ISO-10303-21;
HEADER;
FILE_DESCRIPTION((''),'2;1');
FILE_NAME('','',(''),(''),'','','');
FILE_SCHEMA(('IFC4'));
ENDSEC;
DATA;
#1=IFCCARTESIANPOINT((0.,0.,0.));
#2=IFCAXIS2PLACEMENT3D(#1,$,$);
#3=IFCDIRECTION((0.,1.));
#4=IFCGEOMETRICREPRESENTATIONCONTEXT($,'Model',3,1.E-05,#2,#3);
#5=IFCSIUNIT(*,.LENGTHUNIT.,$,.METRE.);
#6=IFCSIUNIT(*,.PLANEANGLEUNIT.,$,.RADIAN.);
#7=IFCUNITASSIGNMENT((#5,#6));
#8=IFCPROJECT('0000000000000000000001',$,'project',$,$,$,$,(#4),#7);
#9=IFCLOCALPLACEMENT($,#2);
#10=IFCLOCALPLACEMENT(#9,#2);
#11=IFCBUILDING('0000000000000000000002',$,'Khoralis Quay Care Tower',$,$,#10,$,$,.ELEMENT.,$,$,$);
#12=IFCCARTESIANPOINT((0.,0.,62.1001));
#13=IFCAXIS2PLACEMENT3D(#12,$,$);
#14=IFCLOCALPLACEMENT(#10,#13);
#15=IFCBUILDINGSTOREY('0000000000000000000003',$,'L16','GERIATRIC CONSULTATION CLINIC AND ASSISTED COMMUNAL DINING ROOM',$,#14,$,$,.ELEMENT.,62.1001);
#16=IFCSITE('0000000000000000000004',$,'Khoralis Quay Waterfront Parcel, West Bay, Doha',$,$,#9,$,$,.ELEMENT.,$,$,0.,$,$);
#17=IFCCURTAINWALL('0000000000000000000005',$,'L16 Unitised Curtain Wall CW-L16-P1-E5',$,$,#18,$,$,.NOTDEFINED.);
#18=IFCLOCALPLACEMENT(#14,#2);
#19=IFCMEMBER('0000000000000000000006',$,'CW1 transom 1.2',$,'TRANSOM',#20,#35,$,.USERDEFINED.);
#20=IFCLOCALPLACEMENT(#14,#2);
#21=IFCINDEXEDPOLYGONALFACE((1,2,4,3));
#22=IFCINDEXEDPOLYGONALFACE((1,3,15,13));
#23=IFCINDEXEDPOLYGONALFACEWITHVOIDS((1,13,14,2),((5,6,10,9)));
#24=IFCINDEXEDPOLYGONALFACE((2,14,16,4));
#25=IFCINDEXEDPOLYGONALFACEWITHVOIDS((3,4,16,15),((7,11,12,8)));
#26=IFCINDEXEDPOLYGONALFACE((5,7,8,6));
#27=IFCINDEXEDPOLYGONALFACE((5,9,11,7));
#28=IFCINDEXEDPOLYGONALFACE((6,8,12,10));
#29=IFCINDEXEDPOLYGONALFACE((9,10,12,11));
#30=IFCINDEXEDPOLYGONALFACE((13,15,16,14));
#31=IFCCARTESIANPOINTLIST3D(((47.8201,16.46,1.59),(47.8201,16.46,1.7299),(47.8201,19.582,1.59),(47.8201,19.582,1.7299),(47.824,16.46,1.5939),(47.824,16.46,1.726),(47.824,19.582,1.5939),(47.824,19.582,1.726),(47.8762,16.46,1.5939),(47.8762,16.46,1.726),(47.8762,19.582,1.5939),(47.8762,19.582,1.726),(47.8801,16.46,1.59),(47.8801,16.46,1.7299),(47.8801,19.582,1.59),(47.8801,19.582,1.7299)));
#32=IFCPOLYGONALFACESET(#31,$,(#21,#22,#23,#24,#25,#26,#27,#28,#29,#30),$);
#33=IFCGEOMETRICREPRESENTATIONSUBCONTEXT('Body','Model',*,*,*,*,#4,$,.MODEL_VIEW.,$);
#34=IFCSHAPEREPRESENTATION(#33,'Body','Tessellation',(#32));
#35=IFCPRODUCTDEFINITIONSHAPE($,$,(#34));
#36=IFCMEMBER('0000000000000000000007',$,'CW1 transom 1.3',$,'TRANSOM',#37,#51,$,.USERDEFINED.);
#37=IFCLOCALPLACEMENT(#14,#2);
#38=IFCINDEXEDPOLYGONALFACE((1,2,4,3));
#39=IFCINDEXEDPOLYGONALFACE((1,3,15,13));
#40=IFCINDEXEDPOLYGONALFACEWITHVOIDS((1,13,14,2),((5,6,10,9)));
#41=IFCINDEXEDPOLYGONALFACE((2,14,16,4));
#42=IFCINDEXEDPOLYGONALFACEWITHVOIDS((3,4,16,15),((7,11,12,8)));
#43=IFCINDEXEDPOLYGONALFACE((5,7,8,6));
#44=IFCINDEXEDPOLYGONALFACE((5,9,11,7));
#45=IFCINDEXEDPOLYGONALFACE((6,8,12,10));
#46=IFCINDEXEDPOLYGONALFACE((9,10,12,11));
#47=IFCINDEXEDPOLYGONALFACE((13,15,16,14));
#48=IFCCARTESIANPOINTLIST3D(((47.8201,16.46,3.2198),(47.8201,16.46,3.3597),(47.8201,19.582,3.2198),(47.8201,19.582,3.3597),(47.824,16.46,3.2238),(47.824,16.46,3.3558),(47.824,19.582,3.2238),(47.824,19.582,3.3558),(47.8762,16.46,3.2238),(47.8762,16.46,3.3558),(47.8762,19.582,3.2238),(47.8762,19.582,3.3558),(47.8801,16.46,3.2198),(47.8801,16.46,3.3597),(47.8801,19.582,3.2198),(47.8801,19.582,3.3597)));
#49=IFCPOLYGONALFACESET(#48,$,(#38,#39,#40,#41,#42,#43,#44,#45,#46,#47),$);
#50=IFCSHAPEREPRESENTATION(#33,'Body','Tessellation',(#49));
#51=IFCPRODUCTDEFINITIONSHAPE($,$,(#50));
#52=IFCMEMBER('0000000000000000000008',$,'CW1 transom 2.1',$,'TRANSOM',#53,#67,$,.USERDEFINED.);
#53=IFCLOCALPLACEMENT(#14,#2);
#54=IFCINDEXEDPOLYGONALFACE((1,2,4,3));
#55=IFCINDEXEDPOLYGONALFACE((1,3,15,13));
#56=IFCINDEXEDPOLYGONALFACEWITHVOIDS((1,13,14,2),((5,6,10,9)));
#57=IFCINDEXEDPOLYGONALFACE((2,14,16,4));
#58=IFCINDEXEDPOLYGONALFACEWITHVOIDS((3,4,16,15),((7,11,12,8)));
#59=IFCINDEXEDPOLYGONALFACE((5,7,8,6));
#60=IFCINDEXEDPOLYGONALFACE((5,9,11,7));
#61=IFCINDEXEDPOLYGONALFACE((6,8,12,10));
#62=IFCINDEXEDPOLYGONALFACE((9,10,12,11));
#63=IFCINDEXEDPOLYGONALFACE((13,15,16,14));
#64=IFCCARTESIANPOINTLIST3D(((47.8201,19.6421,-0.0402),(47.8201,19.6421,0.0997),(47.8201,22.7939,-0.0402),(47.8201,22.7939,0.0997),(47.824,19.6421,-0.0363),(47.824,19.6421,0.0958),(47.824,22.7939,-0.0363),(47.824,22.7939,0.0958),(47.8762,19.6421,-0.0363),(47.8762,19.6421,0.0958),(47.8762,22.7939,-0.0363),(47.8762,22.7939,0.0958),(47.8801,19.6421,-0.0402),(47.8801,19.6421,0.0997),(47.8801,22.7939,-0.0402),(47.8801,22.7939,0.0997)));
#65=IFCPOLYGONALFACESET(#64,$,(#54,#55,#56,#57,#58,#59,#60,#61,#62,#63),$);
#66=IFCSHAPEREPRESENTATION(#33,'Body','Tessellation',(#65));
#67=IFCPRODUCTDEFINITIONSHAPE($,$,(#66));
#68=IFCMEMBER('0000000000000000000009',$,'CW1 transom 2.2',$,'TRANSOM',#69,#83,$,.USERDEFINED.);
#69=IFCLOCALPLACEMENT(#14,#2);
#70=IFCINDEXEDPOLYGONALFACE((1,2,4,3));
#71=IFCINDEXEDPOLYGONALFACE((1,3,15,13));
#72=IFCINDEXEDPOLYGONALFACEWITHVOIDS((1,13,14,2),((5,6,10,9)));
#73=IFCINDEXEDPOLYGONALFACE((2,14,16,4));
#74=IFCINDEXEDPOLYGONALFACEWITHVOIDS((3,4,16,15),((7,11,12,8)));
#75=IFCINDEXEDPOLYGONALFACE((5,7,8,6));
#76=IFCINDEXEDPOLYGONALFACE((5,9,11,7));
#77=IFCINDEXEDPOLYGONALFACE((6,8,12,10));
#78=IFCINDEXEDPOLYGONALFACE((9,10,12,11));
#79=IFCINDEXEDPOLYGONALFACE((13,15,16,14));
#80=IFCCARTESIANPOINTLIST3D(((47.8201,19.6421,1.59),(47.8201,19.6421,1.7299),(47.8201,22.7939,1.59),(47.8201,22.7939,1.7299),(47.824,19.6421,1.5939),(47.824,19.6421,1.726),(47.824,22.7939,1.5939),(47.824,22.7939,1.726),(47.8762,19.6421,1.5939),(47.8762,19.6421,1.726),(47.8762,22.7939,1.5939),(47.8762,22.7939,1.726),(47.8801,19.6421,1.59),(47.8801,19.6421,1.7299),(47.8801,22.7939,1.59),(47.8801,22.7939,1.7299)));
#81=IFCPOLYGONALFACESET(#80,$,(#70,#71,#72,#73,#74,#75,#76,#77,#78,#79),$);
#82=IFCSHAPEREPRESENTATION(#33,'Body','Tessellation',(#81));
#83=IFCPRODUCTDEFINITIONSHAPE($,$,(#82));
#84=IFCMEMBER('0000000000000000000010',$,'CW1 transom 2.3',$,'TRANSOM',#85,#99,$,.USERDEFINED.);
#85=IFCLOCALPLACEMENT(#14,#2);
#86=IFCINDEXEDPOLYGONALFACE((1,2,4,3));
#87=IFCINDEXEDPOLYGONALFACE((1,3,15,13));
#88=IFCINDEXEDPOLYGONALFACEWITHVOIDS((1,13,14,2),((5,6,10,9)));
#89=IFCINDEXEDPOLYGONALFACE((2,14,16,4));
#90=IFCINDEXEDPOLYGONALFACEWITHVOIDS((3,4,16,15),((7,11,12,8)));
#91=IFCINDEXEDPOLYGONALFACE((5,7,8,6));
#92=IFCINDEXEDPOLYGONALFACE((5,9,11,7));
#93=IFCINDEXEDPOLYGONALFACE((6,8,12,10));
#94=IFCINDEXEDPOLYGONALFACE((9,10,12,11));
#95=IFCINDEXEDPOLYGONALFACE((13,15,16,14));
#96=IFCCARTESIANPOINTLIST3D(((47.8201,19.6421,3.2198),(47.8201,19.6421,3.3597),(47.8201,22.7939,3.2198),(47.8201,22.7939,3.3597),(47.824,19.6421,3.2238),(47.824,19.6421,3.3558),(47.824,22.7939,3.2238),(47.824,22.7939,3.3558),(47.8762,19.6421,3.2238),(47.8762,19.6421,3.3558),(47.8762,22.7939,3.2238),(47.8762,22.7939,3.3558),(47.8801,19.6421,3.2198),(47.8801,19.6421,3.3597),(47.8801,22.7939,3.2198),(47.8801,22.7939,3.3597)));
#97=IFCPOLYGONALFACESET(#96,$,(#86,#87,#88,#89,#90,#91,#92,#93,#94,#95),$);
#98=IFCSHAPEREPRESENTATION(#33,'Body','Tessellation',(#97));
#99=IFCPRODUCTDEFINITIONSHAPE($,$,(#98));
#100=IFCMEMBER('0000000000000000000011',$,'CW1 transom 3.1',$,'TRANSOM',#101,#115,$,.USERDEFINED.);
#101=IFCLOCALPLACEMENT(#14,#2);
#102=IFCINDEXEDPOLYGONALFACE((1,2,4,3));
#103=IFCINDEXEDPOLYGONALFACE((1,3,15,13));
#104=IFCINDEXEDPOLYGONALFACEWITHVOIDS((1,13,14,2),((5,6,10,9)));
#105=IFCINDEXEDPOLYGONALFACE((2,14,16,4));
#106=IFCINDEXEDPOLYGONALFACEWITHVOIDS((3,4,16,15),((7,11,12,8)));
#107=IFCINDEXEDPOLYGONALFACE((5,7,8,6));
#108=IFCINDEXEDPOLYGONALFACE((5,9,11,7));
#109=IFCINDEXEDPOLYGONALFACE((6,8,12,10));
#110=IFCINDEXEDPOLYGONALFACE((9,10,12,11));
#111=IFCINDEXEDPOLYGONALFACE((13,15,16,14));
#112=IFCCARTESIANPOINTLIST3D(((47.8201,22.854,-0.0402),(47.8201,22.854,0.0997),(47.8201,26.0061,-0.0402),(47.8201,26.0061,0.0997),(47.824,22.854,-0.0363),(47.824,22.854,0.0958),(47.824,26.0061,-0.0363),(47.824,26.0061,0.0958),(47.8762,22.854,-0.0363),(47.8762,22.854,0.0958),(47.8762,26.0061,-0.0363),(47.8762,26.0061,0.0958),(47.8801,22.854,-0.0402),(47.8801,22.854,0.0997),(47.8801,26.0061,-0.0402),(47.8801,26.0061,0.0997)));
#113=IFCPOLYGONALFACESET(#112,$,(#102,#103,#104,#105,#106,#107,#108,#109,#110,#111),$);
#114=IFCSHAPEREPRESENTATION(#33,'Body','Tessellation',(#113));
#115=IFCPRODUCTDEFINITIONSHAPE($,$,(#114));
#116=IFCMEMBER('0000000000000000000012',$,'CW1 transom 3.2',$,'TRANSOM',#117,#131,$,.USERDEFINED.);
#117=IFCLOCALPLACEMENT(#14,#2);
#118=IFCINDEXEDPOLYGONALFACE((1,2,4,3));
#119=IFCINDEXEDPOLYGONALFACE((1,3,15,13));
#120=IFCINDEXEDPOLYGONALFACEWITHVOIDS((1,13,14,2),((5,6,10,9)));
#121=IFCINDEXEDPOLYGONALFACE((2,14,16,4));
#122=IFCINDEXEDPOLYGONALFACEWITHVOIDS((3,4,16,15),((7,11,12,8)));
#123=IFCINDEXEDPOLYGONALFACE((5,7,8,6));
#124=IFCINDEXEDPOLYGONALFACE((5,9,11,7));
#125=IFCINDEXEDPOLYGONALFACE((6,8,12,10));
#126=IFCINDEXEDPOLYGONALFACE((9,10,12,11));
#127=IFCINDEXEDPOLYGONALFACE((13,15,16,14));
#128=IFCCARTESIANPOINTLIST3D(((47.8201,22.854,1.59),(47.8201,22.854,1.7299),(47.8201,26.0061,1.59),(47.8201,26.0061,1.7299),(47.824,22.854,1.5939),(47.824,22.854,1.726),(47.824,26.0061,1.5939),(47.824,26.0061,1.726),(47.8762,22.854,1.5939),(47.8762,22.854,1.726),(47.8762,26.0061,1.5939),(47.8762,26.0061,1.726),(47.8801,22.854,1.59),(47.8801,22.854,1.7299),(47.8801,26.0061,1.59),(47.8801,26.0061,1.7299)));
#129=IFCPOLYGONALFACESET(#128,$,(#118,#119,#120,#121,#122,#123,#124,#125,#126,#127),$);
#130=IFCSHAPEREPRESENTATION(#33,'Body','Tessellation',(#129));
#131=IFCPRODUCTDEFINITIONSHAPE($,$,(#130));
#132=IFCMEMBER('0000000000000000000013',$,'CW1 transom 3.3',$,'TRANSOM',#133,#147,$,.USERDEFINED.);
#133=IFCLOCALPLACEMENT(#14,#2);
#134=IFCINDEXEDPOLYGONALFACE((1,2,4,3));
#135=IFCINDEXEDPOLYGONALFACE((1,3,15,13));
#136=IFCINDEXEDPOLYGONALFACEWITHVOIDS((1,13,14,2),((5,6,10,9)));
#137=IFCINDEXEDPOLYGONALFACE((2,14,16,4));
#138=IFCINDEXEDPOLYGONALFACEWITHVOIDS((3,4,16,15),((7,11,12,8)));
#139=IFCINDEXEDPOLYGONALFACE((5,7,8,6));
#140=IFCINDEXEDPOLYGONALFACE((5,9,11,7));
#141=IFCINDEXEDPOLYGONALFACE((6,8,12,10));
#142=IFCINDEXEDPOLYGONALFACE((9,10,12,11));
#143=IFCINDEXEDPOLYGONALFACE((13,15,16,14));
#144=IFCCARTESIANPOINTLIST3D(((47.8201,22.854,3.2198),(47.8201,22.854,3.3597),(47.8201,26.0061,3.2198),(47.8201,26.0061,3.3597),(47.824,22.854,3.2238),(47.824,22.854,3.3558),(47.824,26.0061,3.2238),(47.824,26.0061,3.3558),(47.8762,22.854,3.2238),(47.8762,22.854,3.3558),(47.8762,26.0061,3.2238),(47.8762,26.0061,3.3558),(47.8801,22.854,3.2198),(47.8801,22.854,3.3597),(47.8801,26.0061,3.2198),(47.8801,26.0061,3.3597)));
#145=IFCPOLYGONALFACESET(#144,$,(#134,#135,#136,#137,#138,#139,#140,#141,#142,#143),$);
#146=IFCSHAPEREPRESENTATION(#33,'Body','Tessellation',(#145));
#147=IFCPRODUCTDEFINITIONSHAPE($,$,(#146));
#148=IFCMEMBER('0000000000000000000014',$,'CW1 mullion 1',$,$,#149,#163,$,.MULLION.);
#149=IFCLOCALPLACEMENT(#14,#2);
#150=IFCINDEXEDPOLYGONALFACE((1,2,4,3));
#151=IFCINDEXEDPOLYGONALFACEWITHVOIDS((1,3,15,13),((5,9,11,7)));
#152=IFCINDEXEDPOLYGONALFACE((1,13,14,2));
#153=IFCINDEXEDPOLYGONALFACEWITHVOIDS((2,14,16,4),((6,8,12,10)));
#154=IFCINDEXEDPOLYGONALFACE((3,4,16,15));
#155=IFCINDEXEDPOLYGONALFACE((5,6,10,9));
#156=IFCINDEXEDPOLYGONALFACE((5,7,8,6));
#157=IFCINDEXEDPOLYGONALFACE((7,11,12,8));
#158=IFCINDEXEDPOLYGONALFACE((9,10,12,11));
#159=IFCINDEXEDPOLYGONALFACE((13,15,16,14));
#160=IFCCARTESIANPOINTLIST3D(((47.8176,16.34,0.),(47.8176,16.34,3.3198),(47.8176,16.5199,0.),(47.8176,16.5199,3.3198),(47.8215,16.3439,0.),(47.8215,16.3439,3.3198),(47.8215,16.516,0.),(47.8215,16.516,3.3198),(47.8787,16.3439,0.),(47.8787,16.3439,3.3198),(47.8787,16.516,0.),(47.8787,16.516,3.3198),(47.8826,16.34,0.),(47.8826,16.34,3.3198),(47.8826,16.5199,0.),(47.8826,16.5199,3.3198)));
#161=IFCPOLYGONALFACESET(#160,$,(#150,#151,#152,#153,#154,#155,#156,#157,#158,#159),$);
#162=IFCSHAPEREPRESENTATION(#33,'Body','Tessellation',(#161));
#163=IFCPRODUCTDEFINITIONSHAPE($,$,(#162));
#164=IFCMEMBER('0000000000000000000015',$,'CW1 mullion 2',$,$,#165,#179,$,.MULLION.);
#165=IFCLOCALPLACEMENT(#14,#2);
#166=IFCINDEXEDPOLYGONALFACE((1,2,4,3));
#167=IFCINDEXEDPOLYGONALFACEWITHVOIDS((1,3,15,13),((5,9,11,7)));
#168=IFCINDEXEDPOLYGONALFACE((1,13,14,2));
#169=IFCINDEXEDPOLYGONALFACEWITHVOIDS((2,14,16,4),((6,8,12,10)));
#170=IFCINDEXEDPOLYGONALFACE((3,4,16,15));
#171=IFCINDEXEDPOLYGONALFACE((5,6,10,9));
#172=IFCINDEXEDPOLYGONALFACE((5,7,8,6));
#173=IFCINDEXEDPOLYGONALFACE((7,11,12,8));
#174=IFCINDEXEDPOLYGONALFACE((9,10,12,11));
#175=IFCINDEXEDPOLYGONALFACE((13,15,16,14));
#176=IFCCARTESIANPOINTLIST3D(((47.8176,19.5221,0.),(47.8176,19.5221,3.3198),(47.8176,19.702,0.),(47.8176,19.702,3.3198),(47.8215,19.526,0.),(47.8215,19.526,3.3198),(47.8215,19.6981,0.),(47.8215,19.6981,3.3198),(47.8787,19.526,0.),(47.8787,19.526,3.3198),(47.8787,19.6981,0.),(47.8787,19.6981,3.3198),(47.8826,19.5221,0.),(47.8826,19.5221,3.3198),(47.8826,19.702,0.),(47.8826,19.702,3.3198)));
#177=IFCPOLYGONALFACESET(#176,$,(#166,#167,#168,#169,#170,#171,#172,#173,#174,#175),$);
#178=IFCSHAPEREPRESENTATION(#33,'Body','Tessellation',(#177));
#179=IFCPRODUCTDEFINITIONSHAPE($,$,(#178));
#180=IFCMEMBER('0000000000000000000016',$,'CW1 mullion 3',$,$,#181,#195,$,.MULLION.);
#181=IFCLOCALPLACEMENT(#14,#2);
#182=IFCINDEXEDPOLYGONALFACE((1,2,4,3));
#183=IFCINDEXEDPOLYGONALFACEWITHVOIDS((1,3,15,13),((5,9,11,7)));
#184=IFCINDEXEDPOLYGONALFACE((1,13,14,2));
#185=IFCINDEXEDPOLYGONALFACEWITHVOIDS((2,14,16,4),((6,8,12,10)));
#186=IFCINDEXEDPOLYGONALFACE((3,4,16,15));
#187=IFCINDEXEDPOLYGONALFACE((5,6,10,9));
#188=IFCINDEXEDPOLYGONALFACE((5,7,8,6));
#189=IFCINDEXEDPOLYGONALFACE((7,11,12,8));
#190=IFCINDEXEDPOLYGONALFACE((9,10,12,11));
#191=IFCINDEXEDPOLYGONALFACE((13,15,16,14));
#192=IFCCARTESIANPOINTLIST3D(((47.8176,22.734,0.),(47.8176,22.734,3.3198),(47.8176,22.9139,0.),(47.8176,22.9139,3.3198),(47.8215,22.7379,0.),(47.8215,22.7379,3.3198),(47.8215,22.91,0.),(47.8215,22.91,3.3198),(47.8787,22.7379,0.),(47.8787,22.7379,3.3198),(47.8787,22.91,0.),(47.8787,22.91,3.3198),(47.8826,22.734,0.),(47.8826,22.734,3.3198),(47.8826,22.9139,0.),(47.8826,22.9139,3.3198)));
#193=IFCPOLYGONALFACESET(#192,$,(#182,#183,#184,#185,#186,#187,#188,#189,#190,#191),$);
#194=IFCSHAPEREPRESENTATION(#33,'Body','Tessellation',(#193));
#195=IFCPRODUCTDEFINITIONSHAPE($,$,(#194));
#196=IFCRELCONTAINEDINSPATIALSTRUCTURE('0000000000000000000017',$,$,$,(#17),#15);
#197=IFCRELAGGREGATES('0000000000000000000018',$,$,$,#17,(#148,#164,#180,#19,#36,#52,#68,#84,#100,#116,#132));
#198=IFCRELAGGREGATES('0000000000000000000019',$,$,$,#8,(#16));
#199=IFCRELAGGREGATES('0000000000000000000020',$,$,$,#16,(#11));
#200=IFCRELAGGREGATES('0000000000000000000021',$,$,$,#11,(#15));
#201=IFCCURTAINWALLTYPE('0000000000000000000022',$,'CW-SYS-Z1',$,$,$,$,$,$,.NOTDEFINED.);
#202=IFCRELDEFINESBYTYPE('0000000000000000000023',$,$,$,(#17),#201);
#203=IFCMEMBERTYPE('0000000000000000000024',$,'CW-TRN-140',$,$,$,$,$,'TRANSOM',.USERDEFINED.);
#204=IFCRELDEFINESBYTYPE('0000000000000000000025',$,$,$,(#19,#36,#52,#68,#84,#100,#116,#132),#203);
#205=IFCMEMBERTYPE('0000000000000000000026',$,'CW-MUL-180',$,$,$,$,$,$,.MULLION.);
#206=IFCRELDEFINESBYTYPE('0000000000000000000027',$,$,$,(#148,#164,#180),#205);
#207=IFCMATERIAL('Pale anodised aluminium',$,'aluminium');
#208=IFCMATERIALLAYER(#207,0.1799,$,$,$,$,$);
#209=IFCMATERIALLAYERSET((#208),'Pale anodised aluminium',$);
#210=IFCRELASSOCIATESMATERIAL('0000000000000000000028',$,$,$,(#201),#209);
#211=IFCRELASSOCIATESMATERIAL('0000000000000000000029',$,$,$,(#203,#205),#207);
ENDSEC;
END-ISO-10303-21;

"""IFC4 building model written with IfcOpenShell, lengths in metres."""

from ifc_helpers import new_model, si_unit, direction, frame, origin, origin_2d, place, context, subcontext, project, spatial, hollow_rectangle, extrude, source, transform, mapped, material, layer, layer_set, material_profile, profile_set, type_object, element, aggregate, save


model = new_model("IFC4")

# Units and contexts
model_context = context("Model", 3, precision=1e-05, world=origin(), true_north=direction((0.0, 1.0)))
body_context = subcontext(model_context, "Body", "Model", "MODEL_VIEW")
ifc_project = project(units=[si_unit("LENGTHUNIT", "METRE"), si_unit("PLANEANGLEUNIT", "RADIAN")], contexts=[model_context])

# Site, building, storey
site_placement = place(None, origin())
site = spatial("IfcSite", under=ifc_project, at=site_placement, Name="Khoralis Quay Waterfront Parcel, West Bay, Doha", CompositionType="ELEMENT", RefElevation=0.0)
building_placement = place(site_placement, origin())
building = spatial("IfcBuilding", under=site, at=building_placement, Name="Khoralis Quay Care Tower", CompositionType="ELEMENT")
storey_placement = place(building_placement, frame((0.0, 0.0, 62.1001)))
storey = spatial("IfcBuildingStorey", under=building, at=storey_placement, Name="L16", Description="GERIATRIC CONSULTATION CLINIC AND ASSISTED COMMUNAL DINING ROOM", CompositionType="ELEMENT", Elevation=62.1001)

# Curtain wall, members
ifc_material_1 = material(Name="Pale anodised aluminium", Category="aluminium")
ifc_layer_1 = layer(ifc_material_1, 0.1799)
ifc_layer_set_1 = layer_set([ifc_layer_1], Name="Pale anodised aluminium")
curtain_wall_type = type_object("IfcCurtainWallType", Name="CW-SYS-Z1", PredefinedType="NOTDEFINED", material=ifc_layer_set_1)
curtain_wall_placement = place(storey_placement, origin())
curtain_wall = element("IfcCurtainWall", 1, at=curtain_wall_placement, inside=storey, type_object=curtain_wall_type, Name="L16 Unitised Curtain Wall CW-L16-P1-E5", PredefinedType="NOTDEFINED")
ifc_material_profile_1 = material_profile(ifc_material_1, hollow_rectangle(XDim=0.0601, YDim=0.1399, WallThickness=0.0039, at=origin_2d()), Name="Pale anodised aluminium")
ifc_profile_set_1 = profile_set([ifc_material_profile_1], Name="Pale anodised aluminium")
member_type_1 = type_object("IfcMemberType", Name="CW-TRN-140", ElementType="TRANSOM", PredefinedType="USERDEFINED", material=ifc_profile_set_1)
shared_shape_1 = source(origin(), body_context, "Body", "SweptSolid", [
    extrude(hollow_rectangle(XDim=0.0601, YDim=0.1399, WallThickness=0.0039, at=origin_2d()), origin(), (0.0, 0.0, 1.0), 3.1221),
])
member_1_placement = place(storey_placement, frame((47.8501, 16.46, 1.6599), z_axis=(0.0, 1.0, 0.0), x_axis=(-1.0, 0.0, 0.0)))
member_1 = element("IfcMember", 2, at=member_1_placement, type_object=member_type_1, Name="CW1 transom 1.2", ObjectType="TRANSOM", PredefinedType="USERDEFINED", context=body_context, shape_type="MappedRepresentation", body=[
    mapped(shared_shape_1, transform((0.0, 0.0, 0.0), scale=1.0)),
])
member_2_placement = place(storey_placement, frame((47.8501, 16.46, 3.2898), z_axis=(0.0, 1.0, 0.0), x_axis=(-1.0, 0.0, 0.0)))
member_2 = element("IfcMember", 3, at=member_2_placement, type_object=member_type_1, Name="CW1 transom 1.3", ObjectType="TRANSOM", PredefinedType="USERDEFINED", context=body_context, shape_type="MappedRepresentation", body=[
    mapped(shared_shape_1, transform((0.0, 0.0, 0.0), scale=1.0)),
])
shared_shape_2 = source(origin(), body_context, "Body", "SweptSolid", [
    extrude(hollow_rectangle(XDim=0.0601, YDim=0.1399, WallThickness=0.0039, at=origin_2d()), origin(), (0.0, 0.0, 1.0), 3.1519),
])
member_3_placement = place(storey_placement, frame((47.8501, 19.6421, 0.0298), z_axis=(0.0, 1.0, 0.0), x_axis=(-1.0, 0.0, 0.0)))
member_3 = element("IfcMember", 4, at=member_3_placement, type_object=member_type_1, Name="CW1 transom 2.1", ObjectType="TRANSOM", PredefinedType="USERDEFINED", context=body_context, shape_type="MappedRepresentation", body=[
    mapped(shared_shape_2, transform((0.0, 0.0, 0.0), scale=1.0)),
])
member_4_placement = place(storey_placement, frame((47.8501, 19.6421, 1.6599), z_axis=(0.0, 1.0, 0.0), x_axis=(-1.0, 0.0, 0.0)))
member_4 = element("IfcMember", 5, at=member_4_placement, type_object=member_type_1, Name="CW1 transom 2.2", ObjectType="TRANSOM", PredefinedType="USERDEFINED", context=body_context, shape_type="MappedRepresentation", body=[
    mapped(shared_shape_2, transform((0.0, 0.0, 0.0), scale=1.0)),
])
member_5_placement = place(storey_placement, frame((47.8501, 19.6421, 3.2898), z_axis=(0.0, 1.0, 0.0), x_axis=(-1.0, 0.0, 0.0)))
member_5 = element("IfcMember", 6, at=member_5_placement, type_object=member_type_1, Name="CW1 transom 2.3", ObjectType="TRANSOM", PredefinedType="USERDEFINED", context=body_context, shape_type="MappedRepresentation", body=[
    mapped(shared_shape_2, transform((0.0, 0.0, 0.0), scale=1.0)),
])
shared_shape_3 = source(origin(), body_context, "Body", "SweptSolid", [
    extrude(hollow_rectangle(XDim=0.0601, YDim=0.1399, WallThickness=0.0039, at=origin_2d()), origin(), (0.0, 0.0, 1.0), 3.1521),
])
member_6_placement = place(storey_placement, frame((47.8501, 22.854, 0.0298), z_axis=(0.0, 1.0, 0.0), x_axis=(-1.0, 0.0, 0.0)))
member_6 = element("IfcMember", 7, at=member_6_placement, type_object=member_type_1, Name="CW1 transom 3.1", ObjectType="TRANSOM", PredefinedType="USERDEFINED", context=body_context, shape_type="MappedRepresentation", body=[
    mapped(shared_shape_3, transform((0.0, 0.0, 0.0), scale=1.0)),
])
member_7_placement = place(storey_placement, frame((47.8501, 22.854, 1.6599), z_axis=(0.0, 1.0, 0.0), x_axis=(-1.0, 0.0, 0.0)))
member_7 = element("IfcMember", 8, at=member_7_placement, type_object=member_type_1, Name="CW1 transom 3.2", ObjectType="TRANSOM", PredefinedType="USERDEFINED", context=body_context, shape_type="MappedRepresentation", body=[
    mapped(shared_shape_3, transform((0.0, 0.0, 0.0), scale=1.0)),
])
member_8_placement = place(storey_placement, frame((47.8501, 22.854, 3.2898), z_axis=(0.0, 1.0, 0.0), x_axis=(-1.0, 0.0, 0.0)))
member_8 = element("IfcMember", 9, at=member_8_placement, type_object=member_type_1, Name="CW1 transom 3.3", ObjectType="TRANSOM", PredefinedType="USERDEFINED", context=body_context, shape_type="MappedRepresentation", body=[
    mapped(shared_shape_3, transform((0.0, 0.0, 0.0), scale=1.0)),
])
ifc_material_profile_2 = material_profile(ifc_material_1, hollow_rectangle(XDim=0.0649, YDim=0.1799, WallThickness=0.0039, at=origin_2d()), Name="Pale anodised aluminium")
ifc_profile_set_2 = profile_set([ifc_material_profile_2], Name="Pale anodised aluminium")
member_type_2 = type_object("IfcMemberType", Name="CW-MUL-180", PredefinedType="MULLION", material=ifc_profile_set_2)
shared_shape_4 = source(origin(), body_context, "Body", "SweptSolid", [
    extrude(hollow_rectangle(XDim=0.0649, YDim=0.1799, WallThickness=0.0039, at=origin_2d()), origin(), (0.0, 0.0, 1.0), 3.3198),
])
member_9_placement = place(storey_placement, frame((47.8501, 16.4299, 0.0), z_axis=(0.0, 0.0, 1.0), x_axis=(-1.0, 0.0, 0.0)))
member_9 = element("IfcMember", 10, at=member_9_placement, type_object=member_type_2, Name="CW1 mullion 1", PredefinedType="MULLION", context=body_context, shape_type="MappedRepresentation", body=[
    mapped(shared_shape_4, transform((0.0, 0.0, 0.0), scale=1.0)),
])
member_10_placement = place(storey_placement, frame((47.8501, 19.6121, 0.0), z_axis=(0.0, 0.0, 1.0), x_axis=(-1.0, 0.0, 0.0)))
member_10 = element("IfcMember", 11, at=member_10_placement, type_object=member_type_2, Name="CW1 mullion 2", PredefinedType="MULLION", context=body_context, shape_type="MappedRepresentation", body=[
    mapped(shared_shape_4, transform((0.0, 0.0, 0.0), scale=1.0)),
])
member_11_placement = place(storey_placement, frame((47.8501, 22.824, 0.0), z_axis=(0.0, 0.0, 1.0), x_axis=(-1.0, 0.0, 0.0)))
member_11 = element("IfcMember", 12, at=member_11_placement, type_object=member_type_2, Name="CW1 mullion 3", PredefinedType="MULLION", context=body_context, shape_type="MappedRepresentation", body=[
    mapped(shared_shape_4, transform((0.0, 0.0, 0.0), scale=1.0)),
])
aggregate(curtain_wall, [member_9, member_10, member_11, member_1, member_2, member_3, member_4, member_5, member_6, member_7, member_8])

save(model, "model.ifc")
